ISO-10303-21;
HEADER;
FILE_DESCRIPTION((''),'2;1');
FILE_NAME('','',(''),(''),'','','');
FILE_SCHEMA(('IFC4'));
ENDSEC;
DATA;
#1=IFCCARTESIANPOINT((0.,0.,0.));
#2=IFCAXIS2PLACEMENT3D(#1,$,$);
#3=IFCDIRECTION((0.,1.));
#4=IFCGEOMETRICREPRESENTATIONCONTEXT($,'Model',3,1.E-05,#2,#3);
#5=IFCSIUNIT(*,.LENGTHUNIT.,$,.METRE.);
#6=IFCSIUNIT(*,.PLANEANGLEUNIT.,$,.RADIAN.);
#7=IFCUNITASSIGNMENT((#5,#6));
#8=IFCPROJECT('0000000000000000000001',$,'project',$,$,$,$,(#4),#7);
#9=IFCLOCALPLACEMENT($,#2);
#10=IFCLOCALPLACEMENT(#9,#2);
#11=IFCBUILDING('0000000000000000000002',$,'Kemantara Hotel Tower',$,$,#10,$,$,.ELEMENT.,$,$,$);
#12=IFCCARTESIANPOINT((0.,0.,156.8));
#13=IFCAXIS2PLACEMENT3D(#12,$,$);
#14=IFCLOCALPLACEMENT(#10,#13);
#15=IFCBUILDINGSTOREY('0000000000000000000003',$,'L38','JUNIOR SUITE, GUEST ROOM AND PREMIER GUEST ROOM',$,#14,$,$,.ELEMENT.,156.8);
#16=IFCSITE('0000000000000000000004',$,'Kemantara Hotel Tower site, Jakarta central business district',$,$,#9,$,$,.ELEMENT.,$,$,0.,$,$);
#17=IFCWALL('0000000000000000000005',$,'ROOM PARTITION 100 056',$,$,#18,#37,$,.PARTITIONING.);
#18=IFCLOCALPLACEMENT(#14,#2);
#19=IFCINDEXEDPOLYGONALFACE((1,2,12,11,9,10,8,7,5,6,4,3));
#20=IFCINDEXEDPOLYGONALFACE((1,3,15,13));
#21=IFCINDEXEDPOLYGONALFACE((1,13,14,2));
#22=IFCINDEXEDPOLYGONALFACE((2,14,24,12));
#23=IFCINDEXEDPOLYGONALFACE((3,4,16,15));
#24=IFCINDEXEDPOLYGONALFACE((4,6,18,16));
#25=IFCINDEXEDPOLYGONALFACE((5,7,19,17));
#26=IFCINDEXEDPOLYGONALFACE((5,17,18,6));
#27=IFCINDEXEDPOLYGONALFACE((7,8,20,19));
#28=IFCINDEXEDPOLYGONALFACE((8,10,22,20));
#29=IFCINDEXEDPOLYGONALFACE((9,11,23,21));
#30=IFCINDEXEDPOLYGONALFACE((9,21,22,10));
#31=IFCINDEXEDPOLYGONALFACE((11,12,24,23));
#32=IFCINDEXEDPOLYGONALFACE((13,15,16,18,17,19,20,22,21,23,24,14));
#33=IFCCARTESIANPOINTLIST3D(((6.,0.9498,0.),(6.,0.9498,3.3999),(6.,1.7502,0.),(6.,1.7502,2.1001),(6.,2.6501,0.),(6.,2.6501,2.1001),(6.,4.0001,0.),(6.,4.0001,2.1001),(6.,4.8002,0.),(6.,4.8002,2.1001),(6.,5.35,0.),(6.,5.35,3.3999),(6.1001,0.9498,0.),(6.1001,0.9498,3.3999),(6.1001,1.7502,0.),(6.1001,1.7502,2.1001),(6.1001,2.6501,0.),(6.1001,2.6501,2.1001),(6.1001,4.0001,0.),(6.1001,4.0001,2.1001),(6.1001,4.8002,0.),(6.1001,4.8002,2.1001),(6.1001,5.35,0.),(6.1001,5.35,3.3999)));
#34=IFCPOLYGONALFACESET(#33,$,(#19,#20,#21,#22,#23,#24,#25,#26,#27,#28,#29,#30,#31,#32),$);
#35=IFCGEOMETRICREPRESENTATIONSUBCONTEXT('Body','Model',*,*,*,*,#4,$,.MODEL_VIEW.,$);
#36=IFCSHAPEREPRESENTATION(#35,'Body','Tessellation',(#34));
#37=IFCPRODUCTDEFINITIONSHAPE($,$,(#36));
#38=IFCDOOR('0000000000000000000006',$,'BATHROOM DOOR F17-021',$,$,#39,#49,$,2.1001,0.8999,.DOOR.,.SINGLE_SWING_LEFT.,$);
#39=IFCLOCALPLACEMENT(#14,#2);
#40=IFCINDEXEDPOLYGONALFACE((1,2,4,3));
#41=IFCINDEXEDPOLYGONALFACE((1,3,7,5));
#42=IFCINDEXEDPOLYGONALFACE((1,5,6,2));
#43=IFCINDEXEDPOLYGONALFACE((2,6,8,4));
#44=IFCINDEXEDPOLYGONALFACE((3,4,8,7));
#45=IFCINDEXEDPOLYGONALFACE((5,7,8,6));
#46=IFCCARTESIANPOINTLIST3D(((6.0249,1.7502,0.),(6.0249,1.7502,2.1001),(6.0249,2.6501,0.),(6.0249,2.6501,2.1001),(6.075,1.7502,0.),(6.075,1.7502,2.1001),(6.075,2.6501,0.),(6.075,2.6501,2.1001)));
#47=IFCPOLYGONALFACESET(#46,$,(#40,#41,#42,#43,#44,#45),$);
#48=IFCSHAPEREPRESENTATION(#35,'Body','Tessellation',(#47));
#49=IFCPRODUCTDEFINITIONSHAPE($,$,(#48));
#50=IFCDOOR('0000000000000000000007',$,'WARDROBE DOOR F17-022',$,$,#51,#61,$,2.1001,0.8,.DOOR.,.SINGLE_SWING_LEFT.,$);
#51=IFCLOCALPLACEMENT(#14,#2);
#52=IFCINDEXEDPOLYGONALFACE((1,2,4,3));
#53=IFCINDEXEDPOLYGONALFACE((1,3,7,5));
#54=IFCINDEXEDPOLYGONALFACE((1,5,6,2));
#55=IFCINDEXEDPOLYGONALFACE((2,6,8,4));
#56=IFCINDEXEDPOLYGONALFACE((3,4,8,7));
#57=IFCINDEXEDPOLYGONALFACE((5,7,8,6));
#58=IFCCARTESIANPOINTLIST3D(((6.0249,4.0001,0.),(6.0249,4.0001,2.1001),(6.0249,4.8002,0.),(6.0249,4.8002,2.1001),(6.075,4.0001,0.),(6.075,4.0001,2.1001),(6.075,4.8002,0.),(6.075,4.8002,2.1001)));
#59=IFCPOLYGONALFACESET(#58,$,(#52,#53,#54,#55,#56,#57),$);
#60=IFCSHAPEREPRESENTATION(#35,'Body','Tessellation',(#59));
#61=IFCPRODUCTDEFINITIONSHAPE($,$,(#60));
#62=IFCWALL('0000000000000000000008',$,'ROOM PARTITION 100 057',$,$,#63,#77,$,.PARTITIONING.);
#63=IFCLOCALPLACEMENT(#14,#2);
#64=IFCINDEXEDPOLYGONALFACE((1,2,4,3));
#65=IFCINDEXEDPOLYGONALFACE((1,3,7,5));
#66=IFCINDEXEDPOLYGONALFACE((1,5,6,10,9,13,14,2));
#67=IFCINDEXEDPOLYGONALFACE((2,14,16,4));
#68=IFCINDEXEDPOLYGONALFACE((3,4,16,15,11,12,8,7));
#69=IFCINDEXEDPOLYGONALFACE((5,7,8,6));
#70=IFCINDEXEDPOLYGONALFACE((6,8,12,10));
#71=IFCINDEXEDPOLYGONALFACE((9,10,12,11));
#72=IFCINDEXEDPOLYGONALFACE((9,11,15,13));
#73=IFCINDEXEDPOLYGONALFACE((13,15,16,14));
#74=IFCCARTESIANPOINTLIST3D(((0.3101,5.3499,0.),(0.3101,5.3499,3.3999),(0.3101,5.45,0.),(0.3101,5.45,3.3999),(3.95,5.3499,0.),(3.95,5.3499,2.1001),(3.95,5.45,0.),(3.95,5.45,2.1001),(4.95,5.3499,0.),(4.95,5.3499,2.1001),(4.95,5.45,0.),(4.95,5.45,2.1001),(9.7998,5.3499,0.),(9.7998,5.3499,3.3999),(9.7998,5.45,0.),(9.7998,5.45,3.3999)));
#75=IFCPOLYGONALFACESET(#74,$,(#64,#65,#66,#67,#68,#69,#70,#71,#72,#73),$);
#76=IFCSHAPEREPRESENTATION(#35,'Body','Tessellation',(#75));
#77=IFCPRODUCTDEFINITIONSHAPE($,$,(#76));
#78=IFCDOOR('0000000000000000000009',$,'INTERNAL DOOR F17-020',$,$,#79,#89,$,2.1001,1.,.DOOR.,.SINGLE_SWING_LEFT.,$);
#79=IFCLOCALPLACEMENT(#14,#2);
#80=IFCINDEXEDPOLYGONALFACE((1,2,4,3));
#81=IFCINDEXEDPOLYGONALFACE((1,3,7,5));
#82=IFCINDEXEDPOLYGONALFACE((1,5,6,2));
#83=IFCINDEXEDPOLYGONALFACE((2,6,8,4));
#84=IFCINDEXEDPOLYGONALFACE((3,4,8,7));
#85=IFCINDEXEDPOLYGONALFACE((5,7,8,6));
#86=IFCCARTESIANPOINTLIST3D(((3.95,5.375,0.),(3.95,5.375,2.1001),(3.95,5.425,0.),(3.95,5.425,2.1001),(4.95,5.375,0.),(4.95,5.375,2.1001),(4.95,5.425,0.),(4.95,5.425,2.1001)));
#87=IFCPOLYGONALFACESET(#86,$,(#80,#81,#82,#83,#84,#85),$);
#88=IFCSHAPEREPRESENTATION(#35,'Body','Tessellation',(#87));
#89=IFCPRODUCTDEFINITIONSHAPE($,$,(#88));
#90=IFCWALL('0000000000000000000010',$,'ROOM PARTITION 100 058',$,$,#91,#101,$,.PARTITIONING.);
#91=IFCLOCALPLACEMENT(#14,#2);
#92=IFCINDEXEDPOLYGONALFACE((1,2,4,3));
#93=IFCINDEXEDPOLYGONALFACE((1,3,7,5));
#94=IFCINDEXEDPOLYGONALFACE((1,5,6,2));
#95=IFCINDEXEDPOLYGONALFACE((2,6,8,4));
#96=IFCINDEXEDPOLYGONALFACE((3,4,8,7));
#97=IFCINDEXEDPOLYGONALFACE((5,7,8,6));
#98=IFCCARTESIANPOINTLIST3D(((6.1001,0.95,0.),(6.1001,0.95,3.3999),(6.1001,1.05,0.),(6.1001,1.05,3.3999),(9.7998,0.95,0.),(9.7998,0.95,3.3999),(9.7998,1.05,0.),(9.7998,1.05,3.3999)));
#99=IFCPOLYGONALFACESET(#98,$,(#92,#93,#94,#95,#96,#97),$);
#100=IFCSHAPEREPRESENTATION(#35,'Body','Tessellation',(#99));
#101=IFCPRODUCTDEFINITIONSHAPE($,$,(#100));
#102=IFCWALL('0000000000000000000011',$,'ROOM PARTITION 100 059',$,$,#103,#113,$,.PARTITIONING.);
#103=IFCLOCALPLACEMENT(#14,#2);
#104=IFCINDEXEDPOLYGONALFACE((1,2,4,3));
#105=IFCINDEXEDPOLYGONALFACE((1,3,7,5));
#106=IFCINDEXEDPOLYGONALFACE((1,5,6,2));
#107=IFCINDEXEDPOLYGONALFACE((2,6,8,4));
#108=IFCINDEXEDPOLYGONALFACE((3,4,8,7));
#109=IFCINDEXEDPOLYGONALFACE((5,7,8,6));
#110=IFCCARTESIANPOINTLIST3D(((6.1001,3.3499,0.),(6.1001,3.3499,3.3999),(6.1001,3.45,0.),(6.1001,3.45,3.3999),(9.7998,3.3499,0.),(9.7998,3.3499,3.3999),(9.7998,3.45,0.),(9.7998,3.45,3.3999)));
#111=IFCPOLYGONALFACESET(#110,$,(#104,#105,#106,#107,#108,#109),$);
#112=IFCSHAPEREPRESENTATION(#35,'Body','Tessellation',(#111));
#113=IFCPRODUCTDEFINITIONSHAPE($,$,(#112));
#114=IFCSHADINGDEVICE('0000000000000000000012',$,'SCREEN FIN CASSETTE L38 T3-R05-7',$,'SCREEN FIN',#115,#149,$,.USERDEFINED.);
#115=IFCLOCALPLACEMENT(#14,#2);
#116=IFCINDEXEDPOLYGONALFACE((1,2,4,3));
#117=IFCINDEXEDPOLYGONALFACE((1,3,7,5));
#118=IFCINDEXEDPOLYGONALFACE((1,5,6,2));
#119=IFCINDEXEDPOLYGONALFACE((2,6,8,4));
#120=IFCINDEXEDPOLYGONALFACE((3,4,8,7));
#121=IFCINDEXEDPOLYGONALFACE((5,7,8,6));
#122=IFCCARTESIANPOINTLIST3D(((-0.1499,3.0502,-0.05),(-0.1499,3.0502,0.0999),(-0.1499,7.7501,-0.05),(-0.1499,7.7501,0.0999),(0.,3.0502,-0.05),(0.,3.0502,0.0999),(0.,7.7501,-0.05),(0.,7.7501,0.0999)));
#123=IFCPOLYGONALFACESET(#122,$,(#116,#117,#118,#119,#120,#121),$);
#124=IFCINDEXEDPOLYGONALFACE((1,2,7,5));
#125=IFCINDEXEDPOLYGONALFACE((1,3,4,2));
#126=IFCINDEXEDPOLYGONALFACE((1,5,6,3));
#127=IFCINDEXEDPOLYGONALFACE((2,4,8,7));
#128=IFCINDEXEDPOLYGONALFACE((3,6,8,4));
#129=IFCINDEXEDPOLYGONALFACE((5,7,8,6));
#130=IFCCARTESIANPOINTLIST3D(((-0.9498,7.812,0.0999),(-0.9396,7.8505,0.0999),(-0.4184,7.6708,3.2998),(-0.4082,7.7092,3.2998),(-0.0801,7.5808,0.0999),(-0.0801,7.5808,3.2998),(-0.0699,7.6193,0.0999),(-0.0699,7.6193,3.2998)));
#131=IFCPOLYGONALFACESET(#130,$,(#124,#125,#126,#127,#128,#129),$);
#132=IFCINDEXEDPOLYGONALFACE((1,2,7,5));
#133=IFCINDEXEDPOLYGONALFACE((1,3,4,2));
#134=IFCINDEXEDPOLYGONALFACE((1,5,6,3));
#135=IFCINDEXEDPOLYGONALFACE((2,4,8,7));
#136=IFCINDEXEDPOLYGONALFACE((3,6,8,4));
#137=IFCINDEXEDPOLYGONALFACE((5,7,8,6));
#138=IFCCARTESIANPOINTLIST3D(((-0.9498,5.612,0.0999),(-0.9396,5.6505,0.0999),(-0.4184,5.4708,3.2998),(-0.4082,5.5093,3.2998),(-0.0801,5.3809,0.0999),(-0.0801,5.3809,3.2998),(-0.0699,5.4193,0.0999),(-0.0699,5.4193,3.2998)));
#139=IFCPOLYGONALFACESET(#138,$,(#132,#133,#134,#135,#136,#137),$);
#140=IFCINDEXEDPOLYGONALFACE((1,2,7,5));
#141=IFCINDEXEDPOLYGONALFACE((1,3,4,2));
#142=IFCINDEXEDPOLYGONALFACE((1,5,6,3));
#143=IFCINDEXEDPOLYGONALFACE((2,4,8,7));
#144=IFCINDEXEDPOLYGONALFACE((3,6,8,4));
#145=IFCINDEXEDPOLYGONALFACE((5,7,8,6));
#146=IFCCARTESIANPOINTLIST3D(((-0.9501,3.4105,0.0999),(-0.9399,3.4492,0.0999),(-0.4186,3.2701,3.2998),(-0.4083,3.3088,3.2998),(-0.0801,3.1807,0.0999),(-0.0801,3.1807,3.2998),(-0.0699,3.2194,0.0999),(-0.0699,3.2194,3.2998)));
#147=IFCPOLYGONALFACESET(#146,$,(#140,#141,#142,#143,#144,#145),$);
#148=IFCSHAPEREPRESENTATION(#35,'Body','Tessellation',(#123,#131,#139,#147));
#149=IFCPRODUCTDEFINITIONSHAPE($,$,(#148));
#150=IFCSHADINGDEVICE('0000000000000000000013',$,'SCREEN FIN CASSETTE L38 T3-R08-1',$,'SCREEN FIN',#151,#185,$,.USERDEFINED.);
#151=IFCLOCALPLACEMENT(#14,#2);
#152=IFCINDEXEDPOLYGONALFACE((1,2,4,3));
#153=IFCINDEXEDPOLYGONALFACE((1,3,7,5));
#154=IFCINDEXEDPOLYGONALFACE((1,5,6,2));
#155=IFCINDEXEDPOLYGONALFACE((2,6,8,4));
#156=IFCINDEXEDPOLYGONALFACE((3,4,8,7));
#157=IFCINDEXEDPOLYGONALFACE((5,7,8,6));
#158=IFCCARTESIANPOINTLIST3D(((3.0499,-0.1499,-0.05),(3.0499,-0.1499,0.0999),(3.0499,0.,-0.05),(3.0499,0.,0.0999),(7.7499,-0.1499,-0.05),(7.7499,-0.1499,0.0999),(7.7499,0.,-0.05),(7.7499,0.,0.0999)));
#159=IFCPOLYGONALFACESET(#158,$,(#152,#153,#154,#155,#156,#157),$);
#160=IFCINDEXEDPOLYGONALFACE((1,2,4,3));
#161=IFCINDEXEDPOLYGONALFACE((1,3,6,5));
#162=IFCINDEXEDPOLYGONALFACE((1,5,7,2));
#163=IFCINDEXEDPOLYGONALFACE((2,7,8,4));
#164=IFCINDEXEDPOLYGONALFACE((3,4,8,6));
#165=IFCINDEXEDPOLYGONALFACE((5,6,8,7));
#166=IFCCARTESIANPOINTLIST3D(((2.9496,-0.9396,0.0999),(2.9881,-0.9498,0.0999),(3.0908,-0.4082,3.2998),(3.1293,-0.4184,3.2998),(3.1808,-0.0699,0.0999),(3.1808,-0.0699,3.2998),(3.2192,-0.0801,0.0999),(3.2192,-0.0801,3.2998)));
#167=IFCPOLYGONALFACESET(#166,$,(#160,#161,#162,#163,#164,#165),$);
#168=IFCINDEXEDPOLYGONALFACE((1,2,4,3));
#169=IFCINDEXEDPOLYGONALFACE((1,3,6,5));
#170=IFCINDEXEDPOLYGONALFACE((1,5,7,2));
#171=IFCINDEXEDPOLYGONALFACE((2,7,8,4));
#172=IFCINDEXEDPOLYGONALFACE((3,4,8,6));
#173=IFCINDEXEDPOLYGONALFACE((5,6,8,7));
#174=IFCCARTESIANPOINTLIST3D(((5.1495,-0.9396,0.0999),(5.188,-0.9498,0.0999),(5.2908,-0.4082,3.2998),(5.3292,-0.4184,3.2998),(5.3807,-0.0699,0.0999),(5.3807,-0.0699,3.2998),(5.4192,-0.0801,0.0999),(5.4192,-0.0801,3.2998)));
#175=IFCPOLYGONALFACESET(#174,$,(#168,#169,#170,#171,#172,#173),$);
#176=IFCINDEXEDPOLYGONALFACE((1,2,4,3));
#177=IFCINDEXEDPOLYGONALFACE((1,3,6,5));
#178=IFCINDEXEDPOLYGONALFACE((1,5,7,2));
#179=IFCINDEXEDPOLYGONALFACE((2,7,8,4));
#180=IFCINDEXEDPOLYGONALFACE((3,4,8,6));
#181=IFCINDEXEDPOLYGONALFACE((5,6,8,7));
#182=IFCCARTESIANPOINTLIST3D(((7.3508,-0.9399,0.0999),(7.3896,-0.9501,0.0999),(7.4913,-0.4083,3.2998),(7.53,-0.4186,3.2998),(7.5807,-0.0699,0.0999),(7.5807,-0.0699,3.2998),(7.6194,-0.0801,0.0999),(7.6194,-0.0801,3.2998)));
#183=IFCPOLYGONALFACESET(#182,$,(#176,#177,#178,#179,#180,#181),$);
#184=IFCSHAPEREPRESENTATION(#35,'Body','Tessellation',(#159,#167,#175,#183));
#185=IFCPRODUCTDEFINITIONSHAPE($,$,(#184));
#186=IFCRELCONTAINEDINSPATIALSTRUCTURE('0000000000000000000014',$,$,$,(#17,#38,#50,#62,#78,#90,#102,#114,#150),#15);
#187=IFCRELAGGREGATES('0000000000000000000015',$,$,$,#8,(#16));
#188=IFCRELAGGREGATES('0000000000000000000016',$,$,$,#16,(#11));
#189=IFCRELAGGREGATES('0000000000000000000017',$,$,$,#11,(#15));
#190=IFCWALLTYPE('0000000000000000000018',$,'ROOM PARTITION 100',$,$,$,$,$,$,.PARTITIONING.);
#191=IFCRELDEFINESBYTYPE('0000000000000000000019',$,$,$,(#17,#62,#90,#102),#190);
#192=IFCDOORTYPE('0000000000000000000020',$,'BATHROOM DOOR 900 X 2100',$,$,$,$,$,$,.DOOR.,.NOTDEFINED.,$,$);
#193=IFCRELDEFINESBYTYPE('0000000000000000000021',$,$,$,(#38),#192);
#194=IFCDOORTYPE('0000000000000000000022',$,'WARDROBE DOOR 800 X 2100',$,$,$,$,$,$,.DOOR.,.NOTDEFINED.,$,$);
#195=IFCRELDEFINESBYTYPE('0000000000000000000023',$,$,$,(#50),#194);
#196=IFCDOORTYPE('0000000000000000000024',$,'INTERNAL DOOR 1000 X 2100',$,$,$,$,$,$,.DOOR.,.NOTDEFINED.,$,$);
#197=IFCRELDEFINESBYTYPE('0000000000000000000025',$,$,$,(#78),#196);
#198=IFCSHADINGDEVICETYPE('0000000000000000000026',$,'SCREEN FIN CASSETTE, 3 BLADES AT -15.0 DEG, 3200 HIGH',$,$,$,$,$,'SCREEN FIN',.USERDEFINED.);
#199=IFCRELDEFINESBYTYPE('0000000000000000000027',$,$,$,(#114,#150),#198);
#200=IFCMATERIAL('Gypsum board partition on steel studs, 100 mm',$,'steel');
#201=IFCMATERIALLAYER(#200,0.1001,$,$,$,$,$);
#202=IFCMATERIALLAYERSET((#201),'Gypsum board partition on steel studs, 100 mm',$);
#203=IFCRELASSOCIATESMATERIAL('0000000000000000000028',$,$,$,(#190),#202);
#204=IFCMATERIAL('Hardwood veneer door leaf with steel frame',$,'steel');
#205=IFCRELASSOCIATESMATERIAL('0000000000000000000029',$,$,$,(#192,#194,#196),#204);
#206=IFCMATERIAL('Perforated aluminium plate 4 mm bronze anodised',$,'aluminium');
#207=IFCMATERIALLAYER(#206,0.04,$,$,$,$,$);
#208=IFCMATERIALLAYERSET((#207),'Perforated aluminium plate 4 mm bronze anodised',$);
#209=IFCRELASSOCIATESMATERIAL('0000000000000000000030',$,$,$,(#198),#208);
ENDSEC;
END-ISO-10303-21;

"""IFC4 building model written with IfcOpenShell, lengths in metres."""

from ifc_helpers import new_model, si_unit, direction, frame, frame_2d, origin, origin_2d, place, context, subcontext, project, spatial, polyline, rectangle, outline, extrude, source, transform, mapped, material, layer, layer_set, type_object, element, fill, save


model = new_model("IFC4")

# Units and contexts
model_context = context("Model", 3, precision=1e-05, world=origin(), true_north=direction((0.0, 1.0)))
body_context = subcontext(model_context, "Body", "Model", "MODEL_VIEW")
ifc_project = project(units=[si_unit("LENGTHUNIT", "METRE"), si_unit("PLANEANGLEUNIT", "RADIAN")], contexts=[model_context])

# Site, building, storey
site_placement = place(None, origin())
site = spatial("IfcSite", under=ifc_project, at=site_placement, Name="Kemantara Hotel Tower site, Jakarta central business district", CompositionType="ELEMENT", RefElevation=0.0)
building_placement = place(site_placement, origin())
building = spatial("IfcBuilding", under=site, at=building_placement, Name="Kemantara Hotel Tower", CompositionType="ELEMENT")
storey_placement = place(building_placement, frame((0.0, 0.0, 156.8)))
storey = spatial("IfcBuildingStorey", under=building, at=storey_placement, Name="L38", Description="JUNIOR SUITE, GUEST ROOM AND PREMIER GUEST ROOM", CompositionType="ELEMENT", Elevation=156.8)

# Wall, openings, doors
ifc_material_1 = material(Name="Hardwood veneer door leaf with steel frame", Category="steel")
ifc_material_2 = material(Name="Gypsum board partition on steel studs, 100 mm", Category="steel")
ifc_layer_1 = layer(ifc_material_2, 0.1001)
ifc_layer_set_1 = layer_set([ifc_layer_1], Name="Gypsum board partition on steel studs, 100 mm")
wall_type_1 = type_object("IfcWallType", Name="ROOM PARTITION 100", PredefinedType="PARTITIONING", material=ifc_layer_set_1)
wall_1_placement = place(storey_placement, frame((6.05, 5.3501, 0.0), z_axis=(0.0, 0.0, 1.0), x_axis=(0.0, -1.0, 0.0)))
wall_1 = element("IfcWall", 1, at=wall_1_placement, inside=storey, type_object=wall_type_1, Name="ROOM PARTITION 100 056", PredefinedType="PARTITIONING", context=body_context, shape_type="SweptSolid", body=[
    extrude(rectangle(XDim=4.4001, YDim=0.1001, at=frame_2d((2.2002, 0.0))), origin(), (0.0, 0.0, 1.0), 3.3999),
])
opening_1_placement = place(wall_1_placement, frame((2.7, 0.0, 0.0)))
opening_1 = element("IfcOpeningElement", 2, at=opening_1_placement, cuts=wall_1, PredefinedType="OPENING", context=body_context, shape_type="SweptSolid", body=[
    extrude(rectangle(XDim=0.8999, YDim=2.1001, at=frame_2d((0.45, 1.05))), frame((0.0, 0.0601, 0.0), z_axis=(0.0, -1.0, 0.0), x_axis=(1.0, 0.0, 0.0)), (0.0, 0.0, 1.0), 0.1201),
])
opening_2_placement = place(wall_1_placement, frame((0.55, 0.0, 0.0)))
opening_2 = element("IfcOpeningElement", 3, at=opening_2_placement, cuts=wall_1, PredefinedType="OPENING", context=body_context, shape_type="SweptSolid", body=[
    extrude(rectangle(XDim=0.8, YDim=2.1001, at=frame_2d((0.3999, 1.05))), frame((0.0, 0.0601, 0.0), z_axis=(0.0, -1.0, 0.0), x_axis=(1.0, 0.0, 0.0)), (0.0, 0.0, 1.0), 0.1201),
])
door_type_1 = type_object("IfcDoorType", Name="BATHROOM DOOR 900 X 2100", OperationType="NOTDEFINED", PredefinedType="DOOR", material=ifc_material_1)
door_1_placement = place(opening_1_placement, origin())
door_1 = element("IfcDoor", 4, at=door_1_placement, inside=storey, type_object=door_type_1, Name="BATHROOM DOOR F17-021", OperationType="SINGLE_SWING_LEFT", OverallHeight=2.1001, OverallWidth=0.8999, PredefinedType="DOOR", context=body_context, shape_type="SweptSolid", body=[
    extrude(rectangle(XDim=0.8999, YDim=2.1001, at=frame_2d((0.45, 1.05))), frame((0.0, 0.0249, 0.0), z_axis=(0.0, -1.0, 0.0), x_axis=(1.0, 0.0, 0.0)), (0.0, 0.0, 1.0), 0.05),
])
fill(opening_1, door_1)
door_type_2 = type_object("IfcDoorType", Name="WARDROBE DOOR 800 X 2100", OperationType="NOTDEFINED", PredefinedType="DOOR", material=ifc_material_1)
door_2_placement = place(opening_2_placement, origin())
door_2 = element("IfcDoor", 5, at=door_2_placement, inside=storey, type_object=door_type_2, Name="WARDROBE DOOR F17-022", OperationType="SINGLE_SWING_LEFT", OverallHeight=2.1001, OverallWidth=0.8, PredefinedType="DOOR", context=body_context, shape_type="SweptSolid", body=[
    extrude(rectangle(XDim=0.8, YDim=2.1001, at=frame_2d((0.3999, 1.05))), frame((0.0, 0.0249, 0.0), z_axis=(0.0, -1.0, 0.0), x_axis=(1.0, 0.0, 0.0)), (0.0, 0.0, 1.0), 0.05),
])
fill(opening_2, door_2)

# Wall, opening, door
wall_2_placement = place(storey_placement, frame((9.7998, 5.3999, 0.0), z_axis=(0.0, 0.0, 1.0), x_axis=(-1.0, 0.0, 0.0)))
wall_2 = element("IfcWall", 6, at=wall_2_placement, inside=storey, type_object=wall_type_1, Name="ROOM PARTITION 100 057", PredefinedType="PARTITIONING", context=body_context, shape_type="SweptSolid", body=[
    extrude(rectangle(XDim=9.4897, YDim=0.1001, at=frame_2d((4.7449, 0.0))), origin(), (0.0, 0.0, 1.0), 3.3999),
])
opening_3_placement = place(wall_2_placement, frame((4.8499, 0.0, 0.0)))
opening_3 = element("IfcOpeningElement", 7, at=opening_3_placement, cuts=wall_2, PredefinedType="OPENING", context=body_context, shape_type="SweptSolid", body=[
    extrude(rectangle(XDim=1.0, YDim=2.1001, at=frame_2d((0.5, 1.05))), frame((0.0, 0.0601, 0.0), z_axis=(0.0, -1.0, 0.0), x_axis=(1.0, 0.0, 0.0)), (0.0, 0.0, 1.0), 0.1201),
])
door_type_3 = type_object("IfcDoorType", Name="INTERNAL DOOR 1000 X 2100", OperationType="NOTDEFINED", PredefinedType="DOOR", material=ifc_material_1)
door_3_placement = place(opening_3_placement, origin())
door_3 = element("IfcDoor", 8, at=door_3_placement, inside=storey, type_object=door_type_3, Name="INTERNAL DOOR F17-020", OperationType="SINGLE_SWING_LEFT", OverallHeight=2.1001, OverallWidth=1.0, PredefinedType="DOOR", context=body_context, shape_type="SweptSolid", body=[
    extrude(rectangle(XDim=1.0, YDim=2.1001, at=frame_2d((0.5, 1.05))), frame((0.0, 0.0249, 0.0), z_axis=(0.0, -1.0, 0.0), x_axis=(1.0, 0.0, 0.0)), (0.0, 0.0, 1.0), 0.05),
])
fill(opening_3, door_3)

# Walls
for number, where, z_axis, x_axis, name in (
    (9, (6.1001, 1.0, 0.0), (0.0, 0.0, 1.0), (1.0, 0.0, 0.0), "ROOM PARTITION 100 058"),
    (10, (6.1001, 3.3999, 0.0), (0.0, 0.0, 1.0), (1.0, 0.0, 0.0), "ROOM PARTITION 100 059"),
):
    element("IfcWall", number, at=place(storey_placement, frame(where, z_axis=z_axis, x_axis=x_axis)), inside=storey, type_object=wall_type_1, Name=name, PredefinedType="PARTITIONING", context=body_context, shape_type="SweptSolid", body=[
        extrude(rectangle(XDim=3.6997, YDim=0.1001, at=frame_2d((1.8499, 0.0))), origin(), (0.0, 0.0, 1.0), 3.3999),
    ])

# Shading devices
ifc_material_3 = material(Name="Perforated aluminium plate 4 mm bronze anodised", Category="aluminium")
ifc_layer_2 = layer(ifc_material_3, 0.04)
ifc_layer_set_2 = layer_set([ifc_layer_2], Name="Perforated aluminium plate 4 mm bronze anodised")
shading_device_type_1 = type_object("IfcShadingDeviceType", Name="SCREEN FIN CASSETTE, 3 BLADES AT -15.0 DEG, 3200 HIGH", ElementType="SCREEN FIN", PredefinedType="USERDEFINED", material=ifc_layer_set_2)
shared_shape_1 = source(origin(), body_context, "Body", "SweptSolid", [
    extrude(rectangle(XDim=4.7, YDim=0.1499, at=origin_2d()), frame((2.2, -0.075, -0.1499), z_axis=(0.0, 0.0, 1.0), x_axis=(1.0, 0.0, 0.0)), (0.0, 0.0, 1.0), 0.1499),
    extrude(outline(polyline([(0.0, 0.0), (0.8999, 0.0), (0.3501, 3.2), (0.0, 3.2), (0.0, 0.0)])), frame((0.0193, -0.0801, 0.0), z_axis=(-0.966438, 0.256901, 0.0), x_axis=(-0.256901, -0.966438, 0.0)), (0.0, 0.0, 1.0), 0.0398),
    extrude(outline(polyline([(0.0, 0.0), (0.8999, 0.0), (0.3501, 3.2), (0.0, 3.2), (0.0, 0.0)])), frame((2.2192, -0.0801, 0.0), z_axis=(-0.966438, 0.256901, 0.0), x_axis=(-0.256901, -0.966438, 0.0)), (0.0, 0.0, 1.0), 0.0398),
    extrude(outline(polyline([(0.0, 0.0), (0.8999, 0.0), (0.3501, 3.2), (0.0, 3.2), (0.0, 0.0)])), frame((4.4194, -0.0801, 0.0), z_axis=(-0.966838, 0.255391, 0.0), x_axis=(-0.255391, -0.966838, 0.0)), (0.0, 0.0, 1.0), 0.04),
])
for number, where, z_axis, x_axis, name in (
    (11, (0.0, 7.6001, 0.0999), (0.0, 0.0, 1.0), (0.0, -1.0, 0.0), "SCREEN FIN CASSETTE L38 T3-R05-7"),
    (12, (3.2, 0.0, 0.0999), (0.0, 0.0, 1.0), (1.0, 0.0, 0.0), "SCREEN FIN CASSETTE L38 T3-R08-1"),
):
    element("IfcShadingDevice", number, at=place(storey_placement, frame(where, z_axis=z_axis, x_axis=x_axis)), inside=storey, type_object=shading_device_type_1, Name=name, ObjectType="SCREEN FIN", PredefinedType="USERDEFINED", context=body_context, shape_type="MappedRepresentation", body=[
        mapped(shared_shape_1, transform((0.0, 0.0, 0.0))),
    ])

save(model, "model.ifc")
